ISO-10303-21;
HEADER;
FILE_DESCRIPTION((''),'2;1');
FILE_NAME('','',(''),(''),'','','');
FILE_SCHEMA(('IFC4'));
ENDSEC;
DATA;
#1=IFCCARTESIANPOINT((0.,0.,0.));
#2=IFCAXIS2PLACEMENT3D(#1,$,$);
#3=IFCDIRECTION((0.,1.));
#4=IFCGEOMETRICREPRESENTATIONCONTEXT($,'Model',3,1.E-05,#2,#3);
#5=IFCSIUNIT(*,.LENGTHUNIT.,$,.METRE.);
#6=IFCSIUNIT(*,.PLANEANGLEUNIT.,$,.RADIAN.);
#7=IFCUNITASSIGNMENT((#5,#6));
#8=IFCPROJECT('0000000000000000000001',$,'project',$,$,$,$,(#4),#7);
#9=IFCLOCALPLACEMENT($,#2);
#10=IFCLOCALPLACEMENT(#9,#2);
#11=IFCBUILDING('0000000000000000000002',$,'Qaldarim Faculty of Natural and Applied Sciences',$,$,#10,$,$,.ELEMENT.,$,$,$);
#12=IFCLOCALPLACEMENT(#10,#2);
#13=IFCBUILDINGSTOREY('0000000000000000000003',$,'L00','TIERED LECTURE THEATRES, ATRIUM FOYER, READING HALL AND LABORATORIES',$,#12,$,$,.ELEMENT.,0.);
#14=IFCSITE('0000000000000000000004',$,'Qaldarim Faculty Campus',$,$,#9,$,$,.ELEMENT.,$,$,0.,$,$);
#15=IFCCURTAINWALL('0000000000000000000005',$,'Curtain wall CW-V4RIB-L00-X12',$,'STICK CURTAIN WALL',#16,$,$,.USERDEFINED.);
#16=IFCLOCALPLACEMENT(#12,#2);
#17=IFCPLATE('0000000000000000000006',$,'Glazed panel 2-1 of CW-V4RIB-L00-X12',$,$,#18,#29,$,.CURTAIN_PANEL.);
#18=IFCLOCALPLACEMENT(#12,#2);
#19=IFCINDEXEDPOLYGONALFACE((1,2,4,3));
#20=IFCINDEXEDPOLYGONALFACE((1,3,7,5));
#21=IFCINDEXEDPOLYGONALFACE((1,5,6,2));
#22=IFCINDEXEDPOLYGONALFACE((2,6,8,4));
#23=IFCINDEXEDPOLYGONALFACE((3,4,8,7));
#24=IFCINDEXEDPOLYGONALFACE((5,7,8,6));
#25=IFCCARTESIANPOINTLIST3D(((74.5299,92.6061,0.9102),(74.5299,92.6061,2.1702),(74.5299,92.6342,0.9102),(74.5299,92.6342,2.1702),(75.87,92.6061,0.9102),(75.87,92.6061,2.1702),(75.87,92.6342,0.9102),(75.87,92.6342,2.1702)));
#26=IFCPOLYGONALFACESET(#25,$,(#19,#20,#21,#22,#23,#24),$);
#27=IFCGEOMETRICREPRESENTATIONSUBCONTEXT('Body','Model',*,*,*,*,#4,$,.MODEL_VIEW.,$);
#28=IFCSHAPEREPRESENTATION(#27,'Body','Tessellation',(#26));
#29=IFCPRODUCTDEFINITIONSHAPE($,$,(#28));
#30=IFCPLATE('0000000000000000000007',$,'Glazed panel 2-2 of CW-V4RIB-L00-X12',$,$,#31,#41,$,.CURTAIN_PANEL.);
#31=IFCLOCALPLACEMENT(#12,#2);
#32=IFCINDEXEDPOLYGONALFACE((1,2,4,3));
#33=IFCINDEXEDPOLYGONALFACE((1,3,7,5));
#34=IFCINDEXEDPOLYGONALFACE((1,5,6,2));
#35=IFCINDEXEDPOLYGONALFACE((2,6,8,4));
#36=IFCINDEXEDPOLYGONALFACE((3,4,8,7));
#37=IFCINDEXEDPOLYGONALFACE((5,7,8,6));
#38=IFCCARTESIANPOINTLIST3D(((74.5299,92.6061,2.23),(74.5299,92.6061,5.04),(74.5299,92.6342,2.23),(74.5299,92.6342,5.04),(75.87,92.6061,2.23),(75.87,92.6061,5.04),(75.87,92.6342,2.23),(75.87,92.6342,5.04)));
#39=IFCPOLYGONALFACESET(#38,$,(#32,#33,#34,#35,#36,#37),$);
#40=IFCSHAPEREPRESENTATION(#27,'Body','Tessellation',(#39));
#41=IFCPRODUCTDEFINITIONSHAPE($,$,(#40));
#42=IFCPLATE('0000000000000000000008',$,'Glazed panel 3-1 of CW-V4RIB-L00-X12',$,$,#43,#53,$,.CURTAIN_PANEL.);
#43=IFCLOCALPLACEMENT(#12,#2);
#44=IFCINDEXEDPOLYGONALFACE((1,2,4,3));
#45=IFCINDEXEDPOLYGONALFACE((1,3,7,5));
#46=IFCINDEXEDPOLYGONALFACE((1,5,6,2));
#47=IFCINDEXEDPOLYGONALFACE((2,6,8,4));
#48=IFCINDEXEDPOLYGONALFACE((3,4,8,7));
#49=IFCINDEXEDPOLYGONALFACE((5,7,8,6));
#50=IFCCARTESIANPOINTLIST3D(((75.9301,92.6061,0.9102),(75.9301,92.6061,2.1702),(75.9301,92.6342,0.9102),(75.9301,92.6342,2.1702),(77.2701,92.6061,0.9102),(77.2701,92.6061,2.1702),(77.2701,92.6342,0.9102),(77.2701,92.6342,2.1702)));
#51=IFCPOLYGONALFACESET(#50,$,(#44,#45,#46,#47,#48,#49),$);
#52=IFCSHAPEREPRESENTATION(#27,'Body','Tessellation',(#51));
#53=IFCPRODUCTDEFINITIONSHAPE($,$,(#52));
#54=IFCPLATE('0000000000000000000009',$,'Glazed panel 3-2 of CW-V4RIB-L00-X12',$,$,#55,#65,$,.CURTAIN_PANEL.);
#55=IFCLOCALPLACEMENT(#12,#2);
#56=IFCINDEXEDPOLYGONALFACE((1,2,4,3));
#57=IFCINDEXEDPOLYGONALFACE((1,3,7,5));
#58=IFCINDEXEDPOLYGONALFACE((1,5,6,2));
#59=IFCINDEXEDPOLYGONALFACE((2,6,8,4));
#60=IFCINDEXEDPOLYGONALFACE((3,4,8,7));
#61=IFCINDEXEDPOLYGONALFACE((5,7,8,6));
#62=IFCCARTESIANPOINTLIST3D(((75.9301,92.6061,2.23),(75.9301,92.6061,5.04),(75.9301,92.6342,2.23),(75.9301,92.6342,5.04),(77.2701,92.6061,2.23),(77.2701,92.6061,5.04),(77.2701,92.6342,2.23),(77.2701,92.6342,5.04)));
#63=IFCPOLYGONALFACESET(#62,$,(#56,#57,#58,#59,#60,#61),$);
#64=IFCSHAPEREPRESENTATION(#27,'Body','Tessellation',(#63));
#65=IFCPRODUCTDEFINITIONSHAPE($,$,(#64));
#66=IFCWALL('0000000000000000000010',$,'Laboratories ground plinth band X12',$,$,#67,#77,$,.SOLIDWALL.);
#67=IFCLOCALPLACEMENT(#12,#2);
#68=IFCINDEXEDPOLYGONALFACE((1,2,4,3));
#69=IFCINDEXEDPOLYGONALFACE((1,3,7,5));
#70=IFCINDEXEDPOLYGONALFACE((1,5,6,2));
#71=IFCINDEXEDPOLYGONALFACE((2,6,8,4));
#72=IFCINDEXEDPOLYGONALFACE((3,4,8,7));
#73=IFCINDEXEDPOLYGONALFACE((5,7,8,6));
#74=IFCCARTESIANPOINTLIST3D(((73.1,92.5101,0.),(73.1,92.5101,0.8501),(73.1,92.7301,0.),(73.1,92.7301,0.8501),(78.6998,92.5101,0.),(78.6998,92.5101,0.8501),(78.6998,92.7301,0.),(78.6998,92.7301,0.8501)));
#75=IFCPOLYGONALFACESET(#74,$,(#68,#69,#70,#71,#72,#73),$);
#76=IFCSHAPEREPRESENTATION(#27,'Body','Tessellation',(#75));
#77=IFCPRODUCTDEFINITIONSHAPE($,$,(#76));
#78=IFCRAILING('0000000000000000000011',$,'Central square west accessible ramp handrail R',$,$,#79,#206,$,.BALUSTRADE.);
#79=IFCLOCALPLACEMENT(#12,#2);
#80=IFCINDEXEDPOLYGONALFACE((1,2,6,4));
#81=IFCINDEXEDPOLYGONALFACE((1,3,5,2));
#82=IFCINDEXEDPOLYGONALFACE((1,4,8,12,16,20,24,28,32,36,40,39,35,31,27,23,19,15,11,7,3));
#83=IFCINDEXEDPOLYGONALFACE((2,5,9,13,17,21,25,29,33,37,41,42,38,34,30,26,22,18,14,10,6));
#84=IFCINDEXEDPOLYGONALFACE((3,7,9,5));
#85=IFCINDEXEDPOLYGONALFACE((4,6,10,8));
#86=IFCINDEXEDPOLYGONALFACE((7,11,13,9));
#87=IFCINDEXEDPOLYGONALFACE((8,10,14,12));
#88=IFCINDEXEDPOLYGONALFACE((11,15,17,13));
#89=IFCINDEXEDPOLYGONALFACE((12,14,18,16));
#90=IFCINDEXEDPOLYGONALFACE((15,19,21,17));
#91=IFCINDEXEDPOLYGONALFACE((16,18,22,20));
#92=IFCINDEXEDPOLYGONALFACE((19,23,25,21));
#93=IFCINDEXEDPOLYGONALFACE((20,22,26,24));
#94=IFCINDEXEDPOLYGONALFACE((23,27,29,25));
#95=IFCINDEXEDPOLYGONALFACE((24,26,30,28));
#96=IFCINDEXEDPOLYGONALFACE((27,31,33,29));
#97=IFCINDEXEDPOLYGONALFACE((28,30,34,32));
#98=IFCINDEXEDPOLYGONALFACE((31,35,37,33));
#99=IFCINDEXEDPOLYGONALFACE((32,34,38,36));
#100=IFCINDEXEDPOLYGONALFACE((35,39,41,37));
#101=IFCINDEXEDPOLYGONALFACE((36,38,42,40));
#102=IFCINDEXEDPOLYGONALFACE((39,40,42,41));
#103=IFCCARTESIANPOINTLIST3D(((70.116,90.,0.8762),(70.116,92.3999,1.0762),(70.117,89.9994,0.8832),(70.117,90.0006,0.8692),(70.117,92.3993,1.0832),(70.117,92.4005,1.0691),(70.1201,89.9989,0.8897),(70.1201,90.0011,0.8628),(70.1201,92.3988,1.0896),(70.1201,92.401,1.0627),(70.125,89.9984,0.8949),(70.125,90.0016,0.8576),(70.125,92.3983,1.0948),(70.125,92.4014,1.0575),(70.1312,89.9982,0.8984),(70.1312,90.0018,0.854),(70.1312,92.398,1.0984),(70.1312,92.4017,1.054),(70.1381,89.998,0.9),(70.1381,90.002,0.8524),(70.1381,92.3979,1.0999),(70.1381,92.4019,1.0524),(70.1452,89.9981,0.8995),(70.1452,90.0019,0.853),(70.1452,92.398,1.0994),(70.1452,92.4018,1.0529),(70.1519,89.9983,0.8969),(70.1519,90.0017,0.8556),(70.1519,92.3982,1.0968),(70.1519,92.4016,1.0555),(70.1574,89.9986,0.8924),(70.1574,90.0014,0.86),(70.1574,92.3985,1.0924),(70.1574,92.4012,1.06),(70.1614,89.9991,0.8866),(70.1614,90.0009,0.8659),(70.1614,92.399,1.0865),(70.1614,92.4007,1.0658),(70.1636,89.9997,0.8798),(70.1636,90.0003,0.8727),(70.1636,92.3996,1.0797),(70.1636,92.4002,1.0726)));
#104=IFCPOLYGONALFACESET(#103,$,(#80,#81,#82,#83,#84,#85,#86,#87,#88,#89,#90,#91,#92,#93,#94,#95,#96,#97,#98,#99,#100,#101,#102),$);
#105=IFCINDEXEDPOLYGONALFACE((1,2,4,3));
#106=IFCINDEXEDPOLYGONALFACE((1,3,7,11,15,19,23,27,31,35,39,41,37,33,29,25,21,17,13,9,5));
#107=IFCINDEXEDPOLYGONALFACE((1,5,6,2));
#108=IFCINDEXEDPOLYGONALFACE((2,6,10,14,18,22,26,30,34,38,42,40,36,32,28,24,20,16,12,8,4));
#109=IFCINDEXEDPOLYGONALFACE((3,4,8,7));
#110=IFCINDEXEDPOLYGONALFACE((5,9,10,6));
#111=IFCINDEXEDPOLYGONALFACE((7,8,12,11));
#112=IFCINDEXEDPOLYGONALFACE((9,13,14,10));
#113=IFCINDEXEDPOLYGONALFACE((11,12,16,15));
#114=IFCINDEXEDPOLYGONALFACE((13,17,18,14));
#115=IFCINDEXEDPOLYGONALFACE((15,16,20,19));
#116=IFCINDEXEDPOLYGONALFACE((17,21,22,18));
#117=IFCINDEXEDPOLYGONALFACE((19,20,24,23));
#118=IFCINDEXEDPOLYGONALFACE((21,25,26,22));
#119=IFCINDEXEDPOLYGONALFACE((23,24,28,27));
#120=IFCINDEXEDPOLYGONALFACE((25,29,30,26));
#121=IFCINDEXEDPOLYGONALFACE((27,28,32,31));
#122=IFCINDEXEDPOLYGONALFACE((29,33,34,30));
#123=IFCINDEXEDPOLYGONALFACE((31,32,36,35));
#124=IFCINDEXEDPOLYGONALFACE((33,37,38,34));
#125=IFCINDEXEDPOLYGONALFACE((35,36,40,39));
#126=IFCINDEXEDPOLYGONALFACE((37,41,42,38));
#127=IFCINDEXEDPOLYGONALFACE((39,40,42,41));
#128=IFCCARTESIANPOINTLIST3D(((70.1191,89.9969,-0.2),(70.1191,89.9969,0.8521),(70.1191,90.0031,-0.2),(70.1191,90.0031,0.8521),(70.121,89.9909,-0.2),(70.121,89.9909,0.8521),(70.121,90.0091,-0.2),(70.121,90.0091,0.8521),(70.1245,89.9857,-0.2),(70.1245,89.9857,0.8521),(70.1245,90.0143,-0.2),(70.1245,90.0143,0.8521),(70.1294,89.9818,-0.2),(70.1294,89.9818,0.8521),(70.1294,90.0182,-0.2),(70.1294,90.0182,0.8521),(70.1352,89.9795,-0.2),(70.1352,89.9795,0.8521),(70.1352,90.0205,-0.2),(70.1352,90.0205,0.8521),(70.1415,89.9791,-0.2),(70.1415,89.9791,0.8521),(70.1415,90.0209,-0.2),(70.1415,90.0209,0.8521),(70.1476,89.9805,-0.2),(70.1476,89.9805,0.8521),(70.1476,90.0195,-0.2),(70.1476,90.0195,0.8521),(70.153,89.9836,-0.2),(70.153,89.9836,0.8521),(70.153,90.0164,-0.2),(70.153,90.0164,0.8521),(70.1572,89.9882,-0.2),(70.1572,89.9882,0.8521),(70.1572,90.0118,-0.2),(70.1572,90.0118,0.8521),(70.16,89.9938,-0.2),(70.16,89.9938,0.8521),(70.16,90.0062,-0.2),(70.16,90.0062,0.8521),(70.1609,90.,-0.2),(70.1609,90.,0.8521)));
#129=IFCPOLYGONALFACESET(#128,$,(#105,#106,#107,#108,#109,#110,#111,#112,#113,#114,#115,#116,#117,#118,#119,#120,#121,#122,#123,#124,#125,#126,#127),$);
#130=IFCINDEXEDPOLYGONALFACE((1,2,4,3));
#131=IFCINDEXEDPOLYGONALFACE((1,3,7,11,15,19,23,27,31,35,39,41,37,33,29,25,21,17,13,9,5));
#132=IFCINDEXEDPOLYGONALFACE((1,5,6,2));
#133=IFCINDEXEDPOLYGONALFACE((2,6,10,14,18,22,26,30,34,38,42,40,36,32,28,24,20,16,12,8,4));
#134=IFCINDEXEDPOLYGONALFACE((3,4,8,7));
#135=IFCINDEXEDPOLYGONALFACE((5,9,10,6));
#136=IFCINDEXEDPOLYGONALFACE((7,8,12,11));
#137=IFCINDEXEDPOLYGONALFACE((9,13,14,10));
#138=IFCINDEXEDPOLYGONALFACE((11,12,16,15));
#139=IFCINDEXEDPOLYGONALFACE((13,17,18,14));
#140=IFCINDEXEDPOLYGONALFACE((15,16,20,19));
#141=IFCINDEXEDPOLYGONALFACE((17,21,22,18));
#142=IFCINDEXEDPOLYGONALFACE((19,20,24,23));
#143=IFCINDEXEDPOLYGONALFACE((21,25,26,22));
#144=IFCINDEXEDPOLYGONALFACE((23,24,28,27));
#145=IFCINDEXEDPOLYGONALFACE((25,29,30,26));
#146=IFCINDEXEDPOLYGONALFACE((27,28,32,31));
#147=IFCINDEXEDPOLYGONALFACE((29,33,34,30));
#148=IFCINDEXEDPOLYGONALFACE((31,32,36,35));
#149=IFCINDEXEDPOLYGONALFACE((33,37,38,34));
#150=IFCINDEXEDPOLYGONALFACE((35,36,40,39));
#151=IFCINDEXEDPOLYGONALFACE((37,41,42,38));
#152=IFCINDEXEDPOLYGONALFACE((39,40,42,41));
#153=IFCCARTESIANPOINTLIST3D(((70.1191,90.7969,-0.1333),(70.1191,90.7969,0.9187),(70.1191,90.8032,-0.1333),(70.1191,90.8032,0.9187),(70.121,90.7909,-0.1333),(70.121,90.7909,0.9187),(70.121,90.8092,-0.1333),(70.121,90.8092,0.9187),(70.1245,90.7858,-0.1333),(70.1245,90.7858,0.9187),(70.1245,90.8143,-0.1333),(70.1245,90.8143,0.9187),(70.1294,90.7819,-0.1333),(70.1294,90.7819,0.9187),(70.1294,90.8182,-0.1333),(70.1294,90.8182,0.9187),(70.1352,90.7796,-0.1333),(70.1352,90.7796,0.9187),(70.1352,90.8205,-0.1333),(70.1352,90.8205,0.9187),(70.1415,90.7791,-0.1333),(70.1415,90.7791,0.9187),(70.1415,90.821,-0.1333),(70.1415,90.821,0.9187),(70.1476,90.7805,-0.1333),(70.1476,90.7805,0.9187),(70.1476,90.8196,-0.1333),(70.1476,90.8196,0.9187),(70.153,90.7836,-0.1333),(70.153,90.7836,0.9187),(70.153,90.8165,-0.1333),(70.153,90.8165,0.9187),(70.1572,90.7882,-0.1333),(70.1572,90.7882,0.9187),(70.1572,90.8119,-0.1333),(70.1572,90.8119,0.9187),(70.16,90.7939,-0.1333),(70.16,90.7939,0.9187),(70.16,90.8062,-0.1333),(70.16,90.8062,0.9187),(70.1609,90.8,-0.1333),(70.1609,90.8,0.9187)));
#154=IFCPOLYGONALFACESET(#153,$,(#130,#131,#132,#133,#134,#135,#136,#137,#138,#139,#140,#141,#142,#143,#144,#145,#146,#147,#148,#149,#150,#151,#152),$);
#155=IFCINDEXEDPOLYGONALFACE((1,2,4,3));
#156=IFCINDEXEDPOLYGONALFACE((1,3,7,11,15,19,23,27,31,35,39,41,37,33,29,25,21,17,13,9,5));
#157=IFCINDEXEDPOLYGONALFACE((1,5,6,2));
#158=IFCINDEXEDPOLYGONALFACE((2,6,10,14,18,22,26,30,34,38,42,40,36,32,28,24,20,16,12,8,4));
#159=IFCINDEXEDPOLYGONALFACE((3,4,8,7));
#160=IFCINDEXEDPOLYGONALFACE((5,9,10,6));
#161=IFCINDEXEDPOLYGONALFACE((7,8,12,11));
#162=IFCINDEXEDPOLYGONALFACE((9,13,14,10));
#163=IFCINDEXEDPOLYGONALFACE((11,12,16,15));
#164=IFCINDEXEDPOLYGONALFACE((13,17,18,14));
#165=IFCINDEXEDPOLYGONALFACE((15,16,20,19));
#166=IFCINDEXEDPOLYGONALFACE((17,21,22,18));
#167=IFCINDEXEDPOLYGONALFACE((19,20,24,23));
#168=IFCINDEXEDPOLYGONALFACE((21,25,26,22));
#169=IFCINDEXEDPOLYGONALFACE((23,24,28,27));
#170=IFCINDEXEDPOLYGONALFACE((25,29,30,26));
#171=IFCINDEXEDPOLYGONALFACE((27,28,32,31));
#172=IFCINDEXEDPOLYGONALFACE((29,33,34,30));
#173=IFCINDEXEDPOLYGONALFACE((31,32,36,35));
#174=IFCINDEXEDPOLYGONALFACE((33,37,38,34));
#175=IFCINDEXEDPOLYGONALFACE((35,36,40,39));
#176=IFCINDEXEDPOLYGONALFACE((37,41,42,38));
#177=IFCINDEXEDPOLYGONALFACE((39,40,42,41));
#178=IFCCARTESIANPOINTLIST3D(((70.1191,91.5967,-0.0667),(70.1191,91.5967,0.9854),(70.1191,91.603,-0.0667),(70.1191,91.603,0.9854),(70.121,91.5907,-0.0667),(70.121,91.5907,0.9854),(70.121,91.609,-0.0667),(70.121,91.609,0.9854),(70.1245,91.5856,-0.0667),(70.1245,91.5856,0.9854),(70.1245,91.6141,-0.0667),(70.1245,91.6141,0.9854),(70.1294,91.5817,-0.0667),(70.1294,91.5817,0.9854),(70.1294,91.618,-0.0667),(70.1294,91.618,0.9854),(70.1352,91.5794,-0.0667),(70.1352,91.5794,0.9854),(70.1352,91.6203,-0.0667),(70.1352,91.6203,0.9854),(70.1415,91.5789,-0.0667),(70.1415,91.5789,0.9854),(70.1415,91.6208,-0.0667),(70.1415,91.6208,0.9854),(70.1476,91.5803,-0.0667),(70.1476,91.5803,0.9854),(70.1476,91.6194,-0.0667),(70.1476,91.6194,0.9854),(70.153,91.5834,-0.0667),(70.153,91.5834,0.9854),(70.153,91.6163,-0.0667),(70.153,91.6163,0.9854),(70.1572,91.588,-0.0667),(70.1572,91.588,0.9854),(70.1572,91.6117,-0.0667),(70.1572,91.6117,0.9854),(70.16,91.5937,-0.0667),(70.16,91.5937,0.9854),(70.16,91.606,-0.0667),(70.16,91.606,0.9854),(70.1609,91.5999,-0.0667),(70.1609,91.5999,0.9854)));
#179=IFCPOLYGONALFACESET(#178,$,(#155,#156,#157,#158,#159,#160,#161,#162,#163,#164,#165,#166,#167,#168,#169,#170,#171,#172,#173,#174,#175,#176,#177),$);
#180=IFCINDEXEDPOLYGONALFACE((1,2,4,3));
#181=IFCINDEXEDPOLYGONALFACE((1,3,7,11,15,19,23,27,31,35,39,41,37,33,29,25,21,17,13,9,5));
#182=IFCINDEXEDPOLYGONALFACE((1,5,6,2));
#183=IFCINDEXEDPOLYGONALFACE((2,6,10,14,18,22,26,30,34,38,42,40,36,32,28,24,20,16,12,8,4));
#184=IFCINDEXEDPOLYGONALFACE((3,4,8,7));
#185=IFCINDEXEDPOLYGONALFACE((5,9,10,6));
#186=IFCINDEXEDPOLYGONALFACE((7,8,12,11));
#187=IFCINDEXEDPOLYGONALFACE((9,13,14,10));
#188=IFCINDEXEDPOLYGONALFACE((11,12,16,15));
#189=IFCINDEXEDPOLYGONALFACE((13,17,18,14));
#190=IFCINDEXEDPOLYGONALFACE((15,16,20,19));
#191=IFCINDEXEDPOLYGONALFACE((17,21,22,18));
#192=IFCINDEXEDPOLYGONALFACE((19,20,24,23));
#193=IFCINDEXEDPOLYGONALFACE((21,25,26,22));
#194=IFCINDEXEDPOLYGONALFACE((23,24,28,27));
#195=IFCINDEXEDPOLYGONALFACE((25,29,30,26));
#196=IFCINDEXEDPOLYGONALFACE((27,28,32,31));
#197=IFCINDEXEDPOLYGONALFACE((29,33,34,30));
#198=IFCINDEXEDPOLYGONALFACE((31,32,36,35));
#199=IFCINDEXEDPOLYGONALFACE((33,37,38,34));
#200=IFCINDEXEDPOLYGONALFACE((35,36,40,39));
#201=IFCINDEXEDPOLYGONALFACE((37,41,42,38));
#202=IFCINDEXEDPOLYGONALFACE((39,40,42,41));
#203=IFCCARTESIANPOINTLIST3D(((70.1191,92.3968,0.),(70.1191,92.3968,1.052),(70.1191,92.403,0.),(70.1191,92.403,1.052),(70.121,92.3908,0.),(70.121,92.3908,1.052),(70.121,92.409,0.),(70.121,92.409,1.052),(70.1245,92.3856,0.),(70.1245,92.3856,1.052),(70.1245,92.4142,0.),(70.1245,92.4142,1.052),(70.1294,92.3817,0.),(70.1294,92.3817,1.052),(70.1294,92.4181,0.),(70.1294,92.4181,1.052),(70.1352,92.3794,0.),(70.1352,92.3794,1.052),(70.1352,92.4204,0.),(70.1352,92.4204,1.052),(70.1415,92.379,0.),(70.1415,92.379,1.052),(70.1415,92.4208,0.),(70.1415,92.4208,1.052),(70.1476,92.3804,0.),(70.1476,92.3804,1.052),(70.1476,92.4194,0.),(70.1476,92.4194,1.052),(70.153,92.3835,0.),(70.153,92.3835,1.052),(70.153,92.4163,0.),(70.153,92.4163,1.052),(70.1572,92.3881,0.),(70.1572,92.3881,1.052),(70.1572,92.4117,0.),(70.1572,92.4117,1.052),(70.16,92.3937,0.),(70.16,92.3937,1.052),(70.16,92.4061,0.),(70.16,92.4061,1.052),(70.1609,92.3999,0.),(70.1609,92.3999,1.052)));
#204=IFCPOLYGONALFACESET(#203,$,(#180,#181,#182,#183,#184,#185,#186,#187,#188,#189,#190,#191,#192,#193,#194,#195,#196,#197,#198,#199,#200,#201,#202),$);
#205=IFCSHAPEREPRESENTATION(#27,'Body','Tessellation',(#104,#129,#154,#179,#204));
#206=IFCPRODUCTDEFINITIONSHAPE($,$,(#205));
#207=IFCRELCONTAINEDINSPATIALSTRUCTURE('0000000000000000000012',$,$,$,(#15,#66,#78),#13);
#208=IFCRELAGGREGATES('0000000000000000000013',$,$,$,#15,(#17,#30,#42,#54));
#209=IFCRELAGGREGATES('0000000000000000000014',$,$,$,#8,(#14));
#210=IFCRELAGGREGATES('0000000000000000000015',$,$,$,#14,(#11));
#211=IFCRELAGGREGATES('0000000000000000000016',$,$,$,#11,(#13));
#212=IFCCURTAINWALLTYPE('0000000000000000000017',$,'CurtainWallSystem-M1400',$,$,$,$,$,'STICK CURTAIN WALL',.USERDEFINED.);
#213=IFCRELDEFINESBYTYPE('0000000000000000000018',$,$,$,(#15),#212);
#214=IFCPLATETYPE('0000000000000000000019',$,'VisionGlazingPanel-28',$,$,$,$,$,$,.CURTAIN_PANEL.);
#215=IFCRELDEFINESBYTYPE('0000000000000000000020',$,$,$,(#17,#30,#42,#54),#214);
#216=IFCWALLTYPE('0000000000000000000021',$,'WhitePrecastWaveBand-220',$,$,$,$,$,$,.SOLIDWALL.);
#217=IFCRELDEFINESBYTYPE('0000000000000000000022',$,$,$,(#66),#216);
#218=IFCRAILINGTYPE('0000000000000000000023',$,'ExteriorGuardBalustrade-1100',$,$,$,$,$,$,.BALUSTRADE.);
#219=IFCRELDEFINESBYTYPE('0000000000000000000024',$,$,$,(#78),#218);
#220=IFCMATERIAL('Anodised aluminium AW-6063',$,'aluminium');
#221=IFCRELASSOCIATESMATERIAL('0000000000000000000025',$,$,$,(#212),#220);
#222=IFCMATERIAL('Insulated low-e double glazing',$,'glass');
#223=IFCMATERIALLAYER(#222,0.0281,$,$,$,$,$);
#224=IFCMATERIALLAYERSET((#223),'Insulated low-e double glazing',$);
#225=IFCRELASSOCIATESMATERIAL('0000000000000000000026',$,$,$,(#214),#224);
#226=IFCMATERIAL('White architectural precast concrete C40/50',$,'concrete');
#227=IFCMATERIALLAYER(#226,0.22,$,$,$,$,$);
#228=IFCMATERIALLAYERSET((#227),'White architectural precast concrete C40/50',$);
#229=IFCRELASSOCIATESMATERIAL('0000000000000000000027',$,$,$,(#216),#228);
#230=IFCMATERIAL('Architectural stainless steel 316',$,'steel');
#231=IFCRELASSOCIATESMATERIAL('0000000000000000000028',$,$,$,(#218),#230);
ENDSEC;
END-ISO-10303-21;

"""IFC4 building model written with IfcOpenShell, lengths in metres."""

from ifc_helpers import new_model, si_unit, direction, frame, frame_2d, origin, origin_2d, place, context, subcontext, project, spatial, rectangle, circle, extrude, material, layer, layer_set, type_object, element, aggregate, save


model = new_model("IFC4")

# Units and contexts
model_context = context("Model", 3, precision=1e-05, world=origin(), true_north=direction((0.0, 1.0)))
body_context = subcontext(model_context, "Body", "Model", "MODEL_VIEW")
ifc_project = project(units=[si_unit("LENGTHUNIT", "METRE"), si_unit("PLANEANGLEUNIT", "RADIAN")], contexts=[model_context])

# Site, building, storey
site_placement = place(None, origin())
site = spatial("IfcSite", under=ifc_project, at=site_placement, Name="Qaldarim Faculty Campus", CompositionType="ELEMENT", RefElevation=0.0)
building_placement = place(site_placement, origin())
building = spatial("IfcBuilding", under=site, at=building_placement, Name="Qaldarim Faculty of Natural and Applied Sciences", CompositionType="ELEMENT")
storey_placement = place(building_placement, origin())
storey = spatial("IfcBuildingStorey", under=building, at=storey_placement, Name="L00", Description="TIERED LECTURE THEATRES, ATRIUM FOYER, READING HALL AND LABORATORIES", CompositionType="ELEMENT", Elevation=0.0)

# Curtain wall
ifc_material_1 = material(Name="Anodised aluminium AW-6063", Category="aluminium")
curtain_wall_type = type_object("IfcCurtainWallType", Name="CurtainWallSystem-M1400", ElementType="STICK CURTAIN WALL", PredefinedType="USERDEFINED", material=ifc_material_1)
curtain_wall_1_placement = place(storey_placement, origin())
curtain_wall_1 = element("IfcCurtainWall", 1, at=curtain_wall_1_placement, inside=storey, type_object=curtain_wall_type, Name="Curtain wall CW-V4RIB-L00-X12", ObjectType="STICK CURTAIN WALL", PredefinedType="USERDEFINED")

# Plates
ifc_material_2 = material(Name="Insulated low-e double glazing", Category="glass")
ifc_layer_1 = layer(ifc_material_2, 0.0281)
ifc_layer_set_1 = layer_set([ifc_layer_1], Name="Insulated low-e double glazing")
plate_type = type_object("IfcPlateType", Name="VisionGlazingPanel-28", PredefinedType="CURTAIN_PANEL", material=ifc_layer_set_1)
plate_1_placement = place(storey_placement, frame((75.2, 92.6201, 0.9102), z_axis=(0.0, 0.0, 1.0), x_axis=(1.0, 0.0, 0.0)))
plate_1 = element("IfcPlate", 2, at=plate_1_placement, type_object=plate_type, Name="Glazed panel 2-1 of CW-V4RIB-L00-X12", PredefinedType="CURTAIN_PANEL", context=body_context, shape_type="SweptSolid", body=[
    extrude(rectangle(XDim=1.3401, YDim=0.0281, at=origin_2d()), origin(), (0.0, 0.0, 1.0), 1.26),
])
plate_2_placement = place(storey_placement, frame((75.2, 92.6201, 2.23), z_axis=(0.0, 0.0, 1.0), x_axis=(1.0, 0.0, 0.0)))
plate_2 = element("IfcPlate", 3, at=plate_2_placement, type_object=plate_type, Name="Glazed panel 2-2 of CW-V4RIB-L00-X12", PredefinedType="CURTAIN_PANEL", context=body_context, shape_type="SweptSolid", body=[
    extrude(rectangle(XDim=1.3401, YDim=0.0281, at=origin_2d()), origin(), (0.0, 0.0, 1.0), 2.8101),
])
plate_3_placement = place(storey_placement, frame((76.6001, 92.6201, 0.9102), z_axis=(0.0, 0.0, 1.0), x_axis=(1.0, 0.0, 0.0)))
plate_3 = element("IfcPlate", 4, at=plate_3_placement, type_object=plate_type, Name="Glazed panel 3-1 of CW-V4RIB-L00-X12", PredefinedType="CURTAIN_PANEL", context=body_context, shape_type="SweptSolid", body=[
    extrude(rectangle(XDim=1.3401, YDim=0.0281, at=origin_2d()), origin(), (0.0, 0.0, 1.0), 1.26),
])
plate_4_placement = place(storey_placement, frame((76.6001, 92.6201, 2.23), z_axis=(0.0, 0.0, 1.0), x_axis=(1.0, 0.0, 0.0)))
plate_4 = element("IfcPlate", 5, at=plate_4_placement, type_object=plate_type, Name="Glazed panel 3-2 of CW-V4RIB-L00-X12", PredefinedType="CURTAIN_PANEL", context=body_context, shape_type="SweptSolid", body=[
    extrude(rectangle(XDim=1.3401, YDim=0.0281, at=origin_2d()), origin(), (0.0, 0.0, 1.0), 2.8101),
])
aggregate(curtain_wall_1, [plate_1, plate_2, plate_3, plate_4])

# Wall
ifc_material_3 = material(Name="White architectural precast concrete C40/50", Category="concrete")
ifc_layer_2 = layer(ifc_material_3, 0.22)
ifc_layer_set_2 = layer_set([ifc_layer_2], Name="White architectural precast concrete C40/50")
wall_type = type_object("IfcWallType", Name="WhitePrecastWaveBand-220", PredefinedType="SOLIDWALL", material=ifc_layer_set_2)
wall_placement = place(storey_placement, frame((73.1001, 92.6201, 0.0), z_axis=(0.0, 0.0, 1.0), x_axis=(1.0, 0.0, 0.0)))
element("IfcWall", 6, at=wall_placement, inside=storey, type_object=wall_type, Name="Laboratories ground plinth band X12", PredefinedType="SOLIDWALL", context=body_context, shape_type="SweptSolid", body=[
    extrude(rectangle(XDim=5.5999, YDim=0.22, at=frame_2d((2.7998, 0.0))), origin(), (0.0, 0.0, 1.0), 0.8501),
])

# Railing
ifc_material_4 = material(Name="Architectural stainless steel 316", Category="steel")
railing_type = type_object("IfcRailingType", Name="ExteriorGuardBalustrade-1100", PredefinedType="BALUSTRADE", material=ifc_material_4)
railing_placement = place(storey_placement, frame((70.1399, 90.0, -0.2)))
element("IfcRailing", 7, at=railing_placement, inside=storey, type_object=railing_type, Name="Central square west accessible ramp handrail R", PredefinedType="BALUSTRADE", context=body_context, shape_type="SweptSolid", body=[
    extrude(circle(Radius=0.0239, at=origin_2d()), frame((0.0, 0.0, 1.0762), z_axis=(0.0, 0.996547, 0.083029), x_axis=(-1.0, 0.0, 0.0)), (0.0, 0.0, 1.0), 2.4082),
    extrude(circle(Radius=0.021, at=origin_2d()), origin(), (0.0, 0.0, 1.0), 1.052),
    extrude(circle(Radius=0.021, at=origin_2d()), frame((0.0, 0.8, 0.0667)), (0.0, 0.0, 1.0), 1.052),
    extrude(circle(Radius=0.021, at=origin_2d()), frame((0.0, 1.5999, 0.1333)), (0.0, 0.0, 1.0), 1.052),
    extrude(circle(Radius=0.021, at=origin_2d()), frame((0.0, 2.3999, 0.2)), (0.0, 0.0, 1.0), 1.052),
])

save(model, "model.ifc")
